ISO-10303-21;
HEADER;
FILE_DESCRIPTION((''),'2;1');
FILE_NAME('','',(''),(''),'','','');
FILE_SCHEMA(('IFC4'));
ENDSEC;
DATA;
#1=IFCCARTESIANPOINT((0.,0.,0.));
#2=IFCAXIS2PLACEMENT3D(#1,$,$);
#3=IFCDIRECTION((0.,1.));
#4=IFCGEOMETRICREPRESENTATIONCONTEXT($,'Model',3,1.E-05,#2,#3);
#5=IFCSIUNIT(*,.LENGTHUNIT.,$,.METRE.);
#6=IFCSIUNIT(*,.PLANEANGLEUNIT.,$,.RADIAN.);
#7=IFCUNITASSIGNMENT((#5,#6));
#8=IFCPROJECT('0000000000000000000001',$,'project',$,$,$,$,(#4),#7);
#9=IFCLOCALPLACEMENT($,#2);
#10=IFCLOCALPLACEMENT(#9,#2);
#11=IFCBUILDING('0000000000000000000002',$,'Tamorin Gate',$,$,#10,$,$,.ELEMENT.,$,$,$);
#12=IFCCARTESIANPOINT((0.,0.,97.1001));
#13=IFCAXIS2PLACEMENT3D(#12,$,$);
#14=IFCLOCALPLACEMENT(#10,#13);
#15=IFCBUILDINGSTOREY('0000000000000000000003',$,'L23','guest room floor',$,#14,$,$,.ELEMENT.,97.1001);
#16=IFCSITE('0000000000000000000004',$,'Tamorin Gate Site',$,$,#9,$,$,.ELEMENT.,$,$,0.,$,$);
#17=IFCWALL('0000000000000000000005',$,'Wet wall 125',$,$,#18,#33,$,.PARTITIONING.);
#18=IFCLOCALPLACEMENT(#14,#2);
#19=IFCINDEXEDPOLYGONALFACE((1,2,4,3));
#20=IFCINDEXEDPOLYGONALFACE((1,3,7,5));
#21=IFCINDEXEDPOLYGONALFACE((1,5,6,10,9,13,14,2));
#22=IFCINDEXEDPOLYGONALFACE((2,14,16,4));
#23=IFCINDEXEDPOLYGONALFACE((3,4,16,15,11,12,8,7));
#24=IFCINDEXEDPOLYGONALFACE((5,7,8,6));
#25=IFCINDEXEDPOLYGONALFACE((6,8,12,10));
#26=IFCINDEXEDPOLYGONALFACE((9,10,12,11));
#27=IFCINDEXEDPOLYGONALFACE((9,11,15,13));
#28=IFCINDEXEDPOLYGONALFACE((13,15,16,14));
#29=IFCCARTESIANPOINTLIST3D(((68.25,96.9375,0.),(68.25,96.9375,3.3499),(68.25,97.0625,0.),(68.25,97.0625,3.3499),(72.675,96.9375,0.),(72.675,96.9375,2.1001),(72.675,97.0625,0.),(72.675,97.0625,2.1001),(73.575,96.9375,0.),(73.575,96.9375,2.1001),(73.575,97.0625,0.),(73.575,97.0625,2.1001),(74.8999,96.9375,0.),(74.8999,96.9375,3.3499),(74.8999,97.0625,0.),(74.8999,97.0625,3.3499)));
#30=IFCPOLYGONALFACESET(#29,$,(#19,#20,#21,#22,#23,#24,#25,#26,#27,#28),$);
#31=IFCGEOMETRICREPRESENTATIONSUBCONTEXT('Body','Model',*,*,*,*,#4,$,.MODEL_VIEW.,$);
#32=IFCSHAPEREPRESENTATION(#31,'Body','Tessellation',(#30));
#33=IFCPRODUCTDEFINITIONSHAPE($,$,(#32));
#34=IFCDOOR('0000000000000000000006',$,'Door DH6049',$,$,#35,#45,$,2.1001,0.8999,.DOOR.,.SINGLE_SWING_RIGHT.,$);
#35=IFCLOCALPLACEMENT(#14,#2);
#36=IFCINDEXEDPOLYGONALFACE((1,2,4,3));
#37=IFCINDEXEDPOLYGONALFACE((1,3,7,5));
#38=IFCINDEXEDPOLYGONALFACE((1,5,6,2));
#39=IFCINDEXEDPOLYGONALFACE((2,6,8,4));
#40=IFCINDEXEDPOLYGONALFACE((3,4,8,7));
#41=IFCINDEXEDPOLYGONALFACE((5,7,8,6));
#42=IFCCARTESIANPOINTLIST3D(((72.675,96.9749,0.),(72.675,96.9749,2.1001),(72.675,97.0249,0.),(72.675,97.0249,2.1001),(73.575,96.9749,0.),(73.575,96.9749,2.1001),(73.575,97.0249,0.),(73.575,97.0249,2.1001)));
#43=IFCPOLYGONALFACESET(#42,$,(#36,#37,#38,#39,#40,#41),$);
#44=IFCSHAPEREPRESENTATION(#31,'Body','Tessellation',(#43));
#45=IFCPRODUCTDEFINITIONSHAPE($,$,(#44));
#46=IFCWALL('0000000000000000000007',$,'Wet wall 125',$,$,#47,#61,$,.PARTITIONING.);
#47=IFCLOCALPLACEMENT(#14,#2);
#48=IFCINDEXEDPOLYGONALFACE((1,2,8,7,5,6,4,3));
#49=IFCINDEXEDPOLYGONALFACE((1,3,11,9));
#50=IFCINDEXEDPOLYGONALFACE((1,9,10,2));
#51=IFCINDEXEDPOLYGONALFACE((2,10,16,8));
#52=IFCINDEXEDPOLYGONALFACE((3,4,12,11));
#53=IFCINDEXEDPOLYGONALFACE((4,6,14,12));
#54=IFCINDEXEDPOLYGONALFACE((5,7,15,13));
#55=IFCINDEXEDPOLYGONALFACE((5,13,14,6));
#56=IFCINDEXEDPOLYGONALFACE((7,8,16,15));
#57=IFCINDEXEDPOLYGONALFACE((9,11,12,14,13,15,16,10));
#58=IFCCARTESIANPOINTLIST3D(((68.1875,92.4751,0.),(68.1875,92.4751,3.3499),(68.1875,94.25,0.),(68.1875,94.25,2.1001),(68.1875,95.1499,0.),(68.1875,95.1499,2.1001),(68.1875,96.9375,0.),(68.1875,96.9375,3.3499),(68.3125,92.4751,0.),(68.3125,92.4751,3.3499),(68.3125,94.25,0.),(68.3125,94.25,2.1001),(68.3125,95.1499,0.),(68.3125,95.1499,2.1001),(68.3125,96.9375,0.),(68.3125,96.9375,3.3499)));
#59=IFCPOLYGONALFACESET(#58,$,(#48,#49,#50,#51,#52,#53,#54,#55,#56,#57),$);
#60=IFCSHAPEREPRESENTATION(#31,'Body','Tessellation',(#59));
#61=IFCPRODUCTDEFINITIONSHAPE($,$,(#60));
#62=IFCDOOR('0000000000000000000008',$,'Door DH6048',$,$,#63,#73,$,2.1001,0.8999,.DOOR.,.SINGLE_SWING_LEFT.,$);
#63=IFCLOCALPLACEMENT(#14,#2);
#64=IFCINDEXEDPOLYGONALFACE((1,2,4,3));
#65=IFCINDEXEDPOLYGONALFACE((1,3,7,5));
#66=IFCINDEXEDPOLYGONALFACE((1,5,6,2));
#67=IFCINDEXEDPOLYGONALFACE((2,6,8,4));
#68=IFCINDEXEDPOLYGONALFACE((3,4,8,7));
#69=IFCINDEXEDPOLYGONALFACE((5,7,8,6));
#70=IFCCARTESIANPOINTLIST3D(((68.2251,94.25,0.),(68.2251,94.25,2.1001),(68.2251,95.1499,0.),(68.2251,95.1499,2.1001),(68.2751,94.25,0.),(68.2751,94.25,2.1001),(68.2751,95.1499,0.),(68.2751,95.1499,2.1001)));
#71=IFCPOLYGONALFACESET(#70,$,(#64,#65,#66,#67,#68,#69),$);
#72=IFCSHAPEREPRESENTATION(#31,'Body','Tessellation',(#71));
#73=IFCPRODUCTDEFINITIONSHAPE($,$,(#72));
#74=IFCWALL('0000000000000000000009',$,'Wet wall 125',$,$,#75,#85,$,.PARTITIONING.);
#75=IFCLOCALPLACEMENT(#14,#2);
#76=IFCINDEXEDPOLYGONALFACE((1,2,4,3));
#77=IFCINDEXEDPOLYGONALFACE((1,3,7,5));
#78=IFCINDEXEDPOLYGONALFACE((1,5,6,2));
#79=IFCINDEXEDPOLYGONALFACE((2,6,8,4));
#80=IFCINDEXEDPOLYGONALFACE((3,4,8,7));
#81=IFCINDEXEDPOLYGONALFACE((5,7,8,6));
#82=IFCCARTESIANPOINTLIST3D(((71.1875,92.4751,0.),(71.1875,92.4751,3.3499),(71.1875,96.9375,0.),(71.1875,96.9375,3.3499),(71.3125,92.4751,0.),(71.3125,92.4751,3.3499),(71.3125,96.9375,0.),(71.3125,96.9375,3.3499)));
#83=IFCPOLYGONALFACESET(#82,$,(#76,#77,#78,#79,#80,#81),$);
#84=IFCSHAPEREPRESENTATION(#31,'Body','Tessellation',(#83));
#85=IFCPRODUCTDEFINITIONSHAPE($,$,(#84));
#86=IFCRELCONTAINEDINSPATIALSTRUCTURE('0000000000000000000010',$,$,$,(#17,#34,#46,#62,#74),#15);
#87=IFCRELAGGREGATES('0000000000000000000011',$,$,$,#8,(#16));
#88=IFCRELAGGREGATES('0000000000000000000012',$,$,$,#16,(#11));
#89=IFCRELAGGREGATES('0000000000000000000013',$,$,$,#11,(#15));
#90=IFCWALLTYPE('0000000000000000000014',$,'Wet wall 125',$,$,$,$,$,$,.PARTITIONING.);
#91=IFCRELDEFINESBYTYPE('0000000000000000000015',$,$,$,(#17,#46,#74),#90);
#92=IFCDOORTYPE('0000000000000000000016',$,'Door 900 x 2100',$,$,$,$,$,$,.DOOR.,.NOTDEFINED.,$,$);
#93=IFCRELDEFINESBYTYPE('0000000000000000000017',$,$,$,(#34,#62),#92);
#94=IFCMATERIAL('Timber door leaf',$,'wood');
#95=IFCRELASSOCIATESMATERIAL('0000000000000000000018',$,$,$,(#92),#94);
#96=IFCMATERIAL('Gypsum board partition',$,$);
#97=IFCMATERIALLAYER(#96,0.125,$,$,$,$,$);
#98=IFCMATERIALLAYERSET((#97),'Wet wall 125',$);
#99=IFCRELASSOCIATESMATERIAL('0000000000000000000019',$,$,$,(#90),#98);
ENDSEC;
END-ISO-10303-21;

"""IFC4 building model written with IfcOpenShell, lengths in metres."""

from ifc_helpers import new_model, si_unit, direction, frame, frame_2d, origin, place, context, subcontext, project, spatial, rectangle, extrude, material, layer, layer_set, type_object, element, fill, save


model = new_model("IFC4")

# Units and contexts
model_context = context("Model", 3, precision=1e-05, world=origin(), true_north=direction((0.0, 1.0)))
body_context = subcontext(model_context, "Body", "Model", "MODEL_VIEW")
ifc_project = project(units=[si_unit("LENGTHUNIT", "METRE"), si_unit("PLANEANGLEUNIT", "RADIAN")], contexts=[model_context])

# Site, building, storey
site_placement = place(None, origin())
site = spatial("IfcSite", under=ifc_project, at=site_placement, Name="Tamorin Gate Site", CompositionType="ELEMENT", RefElevation=0.0)
building_placement = place(site_placement, origin())
building = spatial("IfcBuilding", under=site, at=building_placement, Name="Tamorin Gate", CompositionType="ELEMENT")
storey_placement = place(building_placement, frame((0.0, 0.0, 97.1001)))
storey = spatial("IfcBuildingStorey", under=building, at=storey_placement, Name="L23", Description="guest room floor", CompositionType="ELEMENT", Elevation=97.1001)

# Walls, openings, doors
ifc_material_1 = material(Name="Gypsum board partition")
ifc_material_2 = material(Name="Timber door leaf", Category="wood")
door_type = type_object("IfcDoorType", Name="Door 900 x 2100", OperationType="NOTDEFINED", PredefinedType="DOOR", material=ifc_material_2)
ifc_layer_1 = layer(ifc_material_1, 0.125)
ifc_layer_set_1 = layer_set([ifc_layer_1], Name="Wet wall 125")
wall_type_1 = type_object("IfcWallType", Name="Wet wall 125", PredefinedType="PARTITIONING", material=ifc_layer_set_1)
wall_1_placement = place(storey_placement, frame((68.25, 97.0, 0.0), z_axis=(0.0, 0.0, 1.0), x_axis=(1.0, 0.0, 0.0)))
wall_1 = element("IfcWall", 1, at=wall_1_placement, inside=storey, type_object=wall_type_1, Name="Wet wall 125", PredefinedType="PARTITIONING", context=body_context, shape_type="SweptSolid", body=[
    extrude(rectangle(XDim=6.6499, YDim=0.125, at=frame_2d((3.325, 0.0))), origin(), (0.0, 0.0, 1.0), 3.3499),
])
opening_1_placement = place(wall_1_placement, frame((4.425, 0.0, 0.0)))
opening_1 = element("IfcOpeningElement", 2, at=opening_1_placement, cuts=wall_1, PredefinedType="OPENING", context=body_context, shape_type="SweptSolid", body=[
    extrude(rectangle(XDim=0.8999, YDim=2.1001, at=frame_2d((0.45, 1.05))), frame((0.0, 0.0725, 0.0), z_axis=(0.0, -1.0, 0.0), x_axis=(1.0, 0.0, 0.0)), (0.0, 0.0, 1.0), 0.145),
])
door_1_placement = place(opening_1_placement, origin())
door_1 = element("IfcDoor", 3, at=door_1_placement, inside=storey, type_object=door_type, Name="Door DH6049", OperationType="SINGLE_SWING_RIGHT", OverallHeight=2.1001, OverallWidth=0.8999, PredefinedType="DOOR", context=body_context, shape_type="SweptSolid", body=[
    extrude(rectangle(XDim=0.8999, YDim=2.1001, at=frame_2d((0.45, 1.05))), frame((0.0, 0.0249, 0.0), z_axis=(0.0, -1.0, 0.0), x_axis=(1.0, 0.0, 0.0)), (0.0, 0.0, 1.0), 0.05),
])
fill(opening_1, door_1)
wall_2_placement = place(storey_placement, frame((68.25, 92.4751, 0.0), z_axis=(0.0, 0.0, 1.0), x_axis=(0.0, 1.0, 0.0)))
wall_2 = element("IfcWall", 4, at=wall_2_placement, inside=storey, type_object=wall_type_1, Name="Wet wall 125", PredefinedType="PARTITIONING", context=body_context, shape_type="SweptSolid", body=[
    extrude(rectangle(XDim=4.4624, YDim=0.125, at=frame_2d((2.2312, 0.0))), origin(), (0.0, 0.0, 1.0), 3.3499),
])
opening_2_placement = place(wall_2_placement, frame((1.7749, 0.0, 0.0)))
opening_2 = element("IfcOpeningElement", 5, at=opening_2_placement, cuts=wall_2, PredefinedType="OPENING", context=body_context, shape_type="SweptSolid", body=[
    extrude(rectangle(XDim=0.8999, YDim=2.1001, at=frame_2d((0.45, 1.05))), frame((0.0, 0.0725, 0.0), z_axis=(0.0, -1.0, 0.0), x_axis=(1.0, 0.0, 0.0)), (0.0, 0.0, 1.0), 0.145),
])
door_2_placement = place(opening_2_placement, origin())
door_2 = element("IfcDoor", 6, at=door_2_placement, inside=storey, type_object=door_type, Name="Door DH6048", OperationType="SINGLE_SWING_LEFT", OverallHeight=2.1001, OverallWidth=0.8999, PredefinedType="DOOR", context=body_context, shape_type="SweptSolid", body=[
    extrude(rectangle(XDim=0.8999, YDim=2.1001, at=frame_2d((0.45, 1.05))), frame((0.0, 0.0249, 0.0), z_axis=(0.0, -1.0, 0.0), x_axis=(1.0, 0.0, 0.0)), (0.0, 0.0, 1.0), 0.05),
])
fill(opening_2, door_2)

# Wall
wall_3_placement = place(storey_placement, frame((71.25, 92.4751, 0.0), z_axis=(0.0, 0.0, 1.0), x_axis=(0.0, 1.0, 0.0)))
element("IfcWall", 7, at=wall_3_placement, inside=storey, type_object=wall_type_1, Name="Wet wall 125", PredefinedType="PARTITIONING", context=body_context, shape_type="SweptSolid", body=[
    extrude(rectangle(XDim=4.4624, YDim=0.125, at=frame_2d((2.2312, 0.0))), origin(), (0.0, 0.0, 1.0), 3.3499),
])

save(model, "model.ifc")
